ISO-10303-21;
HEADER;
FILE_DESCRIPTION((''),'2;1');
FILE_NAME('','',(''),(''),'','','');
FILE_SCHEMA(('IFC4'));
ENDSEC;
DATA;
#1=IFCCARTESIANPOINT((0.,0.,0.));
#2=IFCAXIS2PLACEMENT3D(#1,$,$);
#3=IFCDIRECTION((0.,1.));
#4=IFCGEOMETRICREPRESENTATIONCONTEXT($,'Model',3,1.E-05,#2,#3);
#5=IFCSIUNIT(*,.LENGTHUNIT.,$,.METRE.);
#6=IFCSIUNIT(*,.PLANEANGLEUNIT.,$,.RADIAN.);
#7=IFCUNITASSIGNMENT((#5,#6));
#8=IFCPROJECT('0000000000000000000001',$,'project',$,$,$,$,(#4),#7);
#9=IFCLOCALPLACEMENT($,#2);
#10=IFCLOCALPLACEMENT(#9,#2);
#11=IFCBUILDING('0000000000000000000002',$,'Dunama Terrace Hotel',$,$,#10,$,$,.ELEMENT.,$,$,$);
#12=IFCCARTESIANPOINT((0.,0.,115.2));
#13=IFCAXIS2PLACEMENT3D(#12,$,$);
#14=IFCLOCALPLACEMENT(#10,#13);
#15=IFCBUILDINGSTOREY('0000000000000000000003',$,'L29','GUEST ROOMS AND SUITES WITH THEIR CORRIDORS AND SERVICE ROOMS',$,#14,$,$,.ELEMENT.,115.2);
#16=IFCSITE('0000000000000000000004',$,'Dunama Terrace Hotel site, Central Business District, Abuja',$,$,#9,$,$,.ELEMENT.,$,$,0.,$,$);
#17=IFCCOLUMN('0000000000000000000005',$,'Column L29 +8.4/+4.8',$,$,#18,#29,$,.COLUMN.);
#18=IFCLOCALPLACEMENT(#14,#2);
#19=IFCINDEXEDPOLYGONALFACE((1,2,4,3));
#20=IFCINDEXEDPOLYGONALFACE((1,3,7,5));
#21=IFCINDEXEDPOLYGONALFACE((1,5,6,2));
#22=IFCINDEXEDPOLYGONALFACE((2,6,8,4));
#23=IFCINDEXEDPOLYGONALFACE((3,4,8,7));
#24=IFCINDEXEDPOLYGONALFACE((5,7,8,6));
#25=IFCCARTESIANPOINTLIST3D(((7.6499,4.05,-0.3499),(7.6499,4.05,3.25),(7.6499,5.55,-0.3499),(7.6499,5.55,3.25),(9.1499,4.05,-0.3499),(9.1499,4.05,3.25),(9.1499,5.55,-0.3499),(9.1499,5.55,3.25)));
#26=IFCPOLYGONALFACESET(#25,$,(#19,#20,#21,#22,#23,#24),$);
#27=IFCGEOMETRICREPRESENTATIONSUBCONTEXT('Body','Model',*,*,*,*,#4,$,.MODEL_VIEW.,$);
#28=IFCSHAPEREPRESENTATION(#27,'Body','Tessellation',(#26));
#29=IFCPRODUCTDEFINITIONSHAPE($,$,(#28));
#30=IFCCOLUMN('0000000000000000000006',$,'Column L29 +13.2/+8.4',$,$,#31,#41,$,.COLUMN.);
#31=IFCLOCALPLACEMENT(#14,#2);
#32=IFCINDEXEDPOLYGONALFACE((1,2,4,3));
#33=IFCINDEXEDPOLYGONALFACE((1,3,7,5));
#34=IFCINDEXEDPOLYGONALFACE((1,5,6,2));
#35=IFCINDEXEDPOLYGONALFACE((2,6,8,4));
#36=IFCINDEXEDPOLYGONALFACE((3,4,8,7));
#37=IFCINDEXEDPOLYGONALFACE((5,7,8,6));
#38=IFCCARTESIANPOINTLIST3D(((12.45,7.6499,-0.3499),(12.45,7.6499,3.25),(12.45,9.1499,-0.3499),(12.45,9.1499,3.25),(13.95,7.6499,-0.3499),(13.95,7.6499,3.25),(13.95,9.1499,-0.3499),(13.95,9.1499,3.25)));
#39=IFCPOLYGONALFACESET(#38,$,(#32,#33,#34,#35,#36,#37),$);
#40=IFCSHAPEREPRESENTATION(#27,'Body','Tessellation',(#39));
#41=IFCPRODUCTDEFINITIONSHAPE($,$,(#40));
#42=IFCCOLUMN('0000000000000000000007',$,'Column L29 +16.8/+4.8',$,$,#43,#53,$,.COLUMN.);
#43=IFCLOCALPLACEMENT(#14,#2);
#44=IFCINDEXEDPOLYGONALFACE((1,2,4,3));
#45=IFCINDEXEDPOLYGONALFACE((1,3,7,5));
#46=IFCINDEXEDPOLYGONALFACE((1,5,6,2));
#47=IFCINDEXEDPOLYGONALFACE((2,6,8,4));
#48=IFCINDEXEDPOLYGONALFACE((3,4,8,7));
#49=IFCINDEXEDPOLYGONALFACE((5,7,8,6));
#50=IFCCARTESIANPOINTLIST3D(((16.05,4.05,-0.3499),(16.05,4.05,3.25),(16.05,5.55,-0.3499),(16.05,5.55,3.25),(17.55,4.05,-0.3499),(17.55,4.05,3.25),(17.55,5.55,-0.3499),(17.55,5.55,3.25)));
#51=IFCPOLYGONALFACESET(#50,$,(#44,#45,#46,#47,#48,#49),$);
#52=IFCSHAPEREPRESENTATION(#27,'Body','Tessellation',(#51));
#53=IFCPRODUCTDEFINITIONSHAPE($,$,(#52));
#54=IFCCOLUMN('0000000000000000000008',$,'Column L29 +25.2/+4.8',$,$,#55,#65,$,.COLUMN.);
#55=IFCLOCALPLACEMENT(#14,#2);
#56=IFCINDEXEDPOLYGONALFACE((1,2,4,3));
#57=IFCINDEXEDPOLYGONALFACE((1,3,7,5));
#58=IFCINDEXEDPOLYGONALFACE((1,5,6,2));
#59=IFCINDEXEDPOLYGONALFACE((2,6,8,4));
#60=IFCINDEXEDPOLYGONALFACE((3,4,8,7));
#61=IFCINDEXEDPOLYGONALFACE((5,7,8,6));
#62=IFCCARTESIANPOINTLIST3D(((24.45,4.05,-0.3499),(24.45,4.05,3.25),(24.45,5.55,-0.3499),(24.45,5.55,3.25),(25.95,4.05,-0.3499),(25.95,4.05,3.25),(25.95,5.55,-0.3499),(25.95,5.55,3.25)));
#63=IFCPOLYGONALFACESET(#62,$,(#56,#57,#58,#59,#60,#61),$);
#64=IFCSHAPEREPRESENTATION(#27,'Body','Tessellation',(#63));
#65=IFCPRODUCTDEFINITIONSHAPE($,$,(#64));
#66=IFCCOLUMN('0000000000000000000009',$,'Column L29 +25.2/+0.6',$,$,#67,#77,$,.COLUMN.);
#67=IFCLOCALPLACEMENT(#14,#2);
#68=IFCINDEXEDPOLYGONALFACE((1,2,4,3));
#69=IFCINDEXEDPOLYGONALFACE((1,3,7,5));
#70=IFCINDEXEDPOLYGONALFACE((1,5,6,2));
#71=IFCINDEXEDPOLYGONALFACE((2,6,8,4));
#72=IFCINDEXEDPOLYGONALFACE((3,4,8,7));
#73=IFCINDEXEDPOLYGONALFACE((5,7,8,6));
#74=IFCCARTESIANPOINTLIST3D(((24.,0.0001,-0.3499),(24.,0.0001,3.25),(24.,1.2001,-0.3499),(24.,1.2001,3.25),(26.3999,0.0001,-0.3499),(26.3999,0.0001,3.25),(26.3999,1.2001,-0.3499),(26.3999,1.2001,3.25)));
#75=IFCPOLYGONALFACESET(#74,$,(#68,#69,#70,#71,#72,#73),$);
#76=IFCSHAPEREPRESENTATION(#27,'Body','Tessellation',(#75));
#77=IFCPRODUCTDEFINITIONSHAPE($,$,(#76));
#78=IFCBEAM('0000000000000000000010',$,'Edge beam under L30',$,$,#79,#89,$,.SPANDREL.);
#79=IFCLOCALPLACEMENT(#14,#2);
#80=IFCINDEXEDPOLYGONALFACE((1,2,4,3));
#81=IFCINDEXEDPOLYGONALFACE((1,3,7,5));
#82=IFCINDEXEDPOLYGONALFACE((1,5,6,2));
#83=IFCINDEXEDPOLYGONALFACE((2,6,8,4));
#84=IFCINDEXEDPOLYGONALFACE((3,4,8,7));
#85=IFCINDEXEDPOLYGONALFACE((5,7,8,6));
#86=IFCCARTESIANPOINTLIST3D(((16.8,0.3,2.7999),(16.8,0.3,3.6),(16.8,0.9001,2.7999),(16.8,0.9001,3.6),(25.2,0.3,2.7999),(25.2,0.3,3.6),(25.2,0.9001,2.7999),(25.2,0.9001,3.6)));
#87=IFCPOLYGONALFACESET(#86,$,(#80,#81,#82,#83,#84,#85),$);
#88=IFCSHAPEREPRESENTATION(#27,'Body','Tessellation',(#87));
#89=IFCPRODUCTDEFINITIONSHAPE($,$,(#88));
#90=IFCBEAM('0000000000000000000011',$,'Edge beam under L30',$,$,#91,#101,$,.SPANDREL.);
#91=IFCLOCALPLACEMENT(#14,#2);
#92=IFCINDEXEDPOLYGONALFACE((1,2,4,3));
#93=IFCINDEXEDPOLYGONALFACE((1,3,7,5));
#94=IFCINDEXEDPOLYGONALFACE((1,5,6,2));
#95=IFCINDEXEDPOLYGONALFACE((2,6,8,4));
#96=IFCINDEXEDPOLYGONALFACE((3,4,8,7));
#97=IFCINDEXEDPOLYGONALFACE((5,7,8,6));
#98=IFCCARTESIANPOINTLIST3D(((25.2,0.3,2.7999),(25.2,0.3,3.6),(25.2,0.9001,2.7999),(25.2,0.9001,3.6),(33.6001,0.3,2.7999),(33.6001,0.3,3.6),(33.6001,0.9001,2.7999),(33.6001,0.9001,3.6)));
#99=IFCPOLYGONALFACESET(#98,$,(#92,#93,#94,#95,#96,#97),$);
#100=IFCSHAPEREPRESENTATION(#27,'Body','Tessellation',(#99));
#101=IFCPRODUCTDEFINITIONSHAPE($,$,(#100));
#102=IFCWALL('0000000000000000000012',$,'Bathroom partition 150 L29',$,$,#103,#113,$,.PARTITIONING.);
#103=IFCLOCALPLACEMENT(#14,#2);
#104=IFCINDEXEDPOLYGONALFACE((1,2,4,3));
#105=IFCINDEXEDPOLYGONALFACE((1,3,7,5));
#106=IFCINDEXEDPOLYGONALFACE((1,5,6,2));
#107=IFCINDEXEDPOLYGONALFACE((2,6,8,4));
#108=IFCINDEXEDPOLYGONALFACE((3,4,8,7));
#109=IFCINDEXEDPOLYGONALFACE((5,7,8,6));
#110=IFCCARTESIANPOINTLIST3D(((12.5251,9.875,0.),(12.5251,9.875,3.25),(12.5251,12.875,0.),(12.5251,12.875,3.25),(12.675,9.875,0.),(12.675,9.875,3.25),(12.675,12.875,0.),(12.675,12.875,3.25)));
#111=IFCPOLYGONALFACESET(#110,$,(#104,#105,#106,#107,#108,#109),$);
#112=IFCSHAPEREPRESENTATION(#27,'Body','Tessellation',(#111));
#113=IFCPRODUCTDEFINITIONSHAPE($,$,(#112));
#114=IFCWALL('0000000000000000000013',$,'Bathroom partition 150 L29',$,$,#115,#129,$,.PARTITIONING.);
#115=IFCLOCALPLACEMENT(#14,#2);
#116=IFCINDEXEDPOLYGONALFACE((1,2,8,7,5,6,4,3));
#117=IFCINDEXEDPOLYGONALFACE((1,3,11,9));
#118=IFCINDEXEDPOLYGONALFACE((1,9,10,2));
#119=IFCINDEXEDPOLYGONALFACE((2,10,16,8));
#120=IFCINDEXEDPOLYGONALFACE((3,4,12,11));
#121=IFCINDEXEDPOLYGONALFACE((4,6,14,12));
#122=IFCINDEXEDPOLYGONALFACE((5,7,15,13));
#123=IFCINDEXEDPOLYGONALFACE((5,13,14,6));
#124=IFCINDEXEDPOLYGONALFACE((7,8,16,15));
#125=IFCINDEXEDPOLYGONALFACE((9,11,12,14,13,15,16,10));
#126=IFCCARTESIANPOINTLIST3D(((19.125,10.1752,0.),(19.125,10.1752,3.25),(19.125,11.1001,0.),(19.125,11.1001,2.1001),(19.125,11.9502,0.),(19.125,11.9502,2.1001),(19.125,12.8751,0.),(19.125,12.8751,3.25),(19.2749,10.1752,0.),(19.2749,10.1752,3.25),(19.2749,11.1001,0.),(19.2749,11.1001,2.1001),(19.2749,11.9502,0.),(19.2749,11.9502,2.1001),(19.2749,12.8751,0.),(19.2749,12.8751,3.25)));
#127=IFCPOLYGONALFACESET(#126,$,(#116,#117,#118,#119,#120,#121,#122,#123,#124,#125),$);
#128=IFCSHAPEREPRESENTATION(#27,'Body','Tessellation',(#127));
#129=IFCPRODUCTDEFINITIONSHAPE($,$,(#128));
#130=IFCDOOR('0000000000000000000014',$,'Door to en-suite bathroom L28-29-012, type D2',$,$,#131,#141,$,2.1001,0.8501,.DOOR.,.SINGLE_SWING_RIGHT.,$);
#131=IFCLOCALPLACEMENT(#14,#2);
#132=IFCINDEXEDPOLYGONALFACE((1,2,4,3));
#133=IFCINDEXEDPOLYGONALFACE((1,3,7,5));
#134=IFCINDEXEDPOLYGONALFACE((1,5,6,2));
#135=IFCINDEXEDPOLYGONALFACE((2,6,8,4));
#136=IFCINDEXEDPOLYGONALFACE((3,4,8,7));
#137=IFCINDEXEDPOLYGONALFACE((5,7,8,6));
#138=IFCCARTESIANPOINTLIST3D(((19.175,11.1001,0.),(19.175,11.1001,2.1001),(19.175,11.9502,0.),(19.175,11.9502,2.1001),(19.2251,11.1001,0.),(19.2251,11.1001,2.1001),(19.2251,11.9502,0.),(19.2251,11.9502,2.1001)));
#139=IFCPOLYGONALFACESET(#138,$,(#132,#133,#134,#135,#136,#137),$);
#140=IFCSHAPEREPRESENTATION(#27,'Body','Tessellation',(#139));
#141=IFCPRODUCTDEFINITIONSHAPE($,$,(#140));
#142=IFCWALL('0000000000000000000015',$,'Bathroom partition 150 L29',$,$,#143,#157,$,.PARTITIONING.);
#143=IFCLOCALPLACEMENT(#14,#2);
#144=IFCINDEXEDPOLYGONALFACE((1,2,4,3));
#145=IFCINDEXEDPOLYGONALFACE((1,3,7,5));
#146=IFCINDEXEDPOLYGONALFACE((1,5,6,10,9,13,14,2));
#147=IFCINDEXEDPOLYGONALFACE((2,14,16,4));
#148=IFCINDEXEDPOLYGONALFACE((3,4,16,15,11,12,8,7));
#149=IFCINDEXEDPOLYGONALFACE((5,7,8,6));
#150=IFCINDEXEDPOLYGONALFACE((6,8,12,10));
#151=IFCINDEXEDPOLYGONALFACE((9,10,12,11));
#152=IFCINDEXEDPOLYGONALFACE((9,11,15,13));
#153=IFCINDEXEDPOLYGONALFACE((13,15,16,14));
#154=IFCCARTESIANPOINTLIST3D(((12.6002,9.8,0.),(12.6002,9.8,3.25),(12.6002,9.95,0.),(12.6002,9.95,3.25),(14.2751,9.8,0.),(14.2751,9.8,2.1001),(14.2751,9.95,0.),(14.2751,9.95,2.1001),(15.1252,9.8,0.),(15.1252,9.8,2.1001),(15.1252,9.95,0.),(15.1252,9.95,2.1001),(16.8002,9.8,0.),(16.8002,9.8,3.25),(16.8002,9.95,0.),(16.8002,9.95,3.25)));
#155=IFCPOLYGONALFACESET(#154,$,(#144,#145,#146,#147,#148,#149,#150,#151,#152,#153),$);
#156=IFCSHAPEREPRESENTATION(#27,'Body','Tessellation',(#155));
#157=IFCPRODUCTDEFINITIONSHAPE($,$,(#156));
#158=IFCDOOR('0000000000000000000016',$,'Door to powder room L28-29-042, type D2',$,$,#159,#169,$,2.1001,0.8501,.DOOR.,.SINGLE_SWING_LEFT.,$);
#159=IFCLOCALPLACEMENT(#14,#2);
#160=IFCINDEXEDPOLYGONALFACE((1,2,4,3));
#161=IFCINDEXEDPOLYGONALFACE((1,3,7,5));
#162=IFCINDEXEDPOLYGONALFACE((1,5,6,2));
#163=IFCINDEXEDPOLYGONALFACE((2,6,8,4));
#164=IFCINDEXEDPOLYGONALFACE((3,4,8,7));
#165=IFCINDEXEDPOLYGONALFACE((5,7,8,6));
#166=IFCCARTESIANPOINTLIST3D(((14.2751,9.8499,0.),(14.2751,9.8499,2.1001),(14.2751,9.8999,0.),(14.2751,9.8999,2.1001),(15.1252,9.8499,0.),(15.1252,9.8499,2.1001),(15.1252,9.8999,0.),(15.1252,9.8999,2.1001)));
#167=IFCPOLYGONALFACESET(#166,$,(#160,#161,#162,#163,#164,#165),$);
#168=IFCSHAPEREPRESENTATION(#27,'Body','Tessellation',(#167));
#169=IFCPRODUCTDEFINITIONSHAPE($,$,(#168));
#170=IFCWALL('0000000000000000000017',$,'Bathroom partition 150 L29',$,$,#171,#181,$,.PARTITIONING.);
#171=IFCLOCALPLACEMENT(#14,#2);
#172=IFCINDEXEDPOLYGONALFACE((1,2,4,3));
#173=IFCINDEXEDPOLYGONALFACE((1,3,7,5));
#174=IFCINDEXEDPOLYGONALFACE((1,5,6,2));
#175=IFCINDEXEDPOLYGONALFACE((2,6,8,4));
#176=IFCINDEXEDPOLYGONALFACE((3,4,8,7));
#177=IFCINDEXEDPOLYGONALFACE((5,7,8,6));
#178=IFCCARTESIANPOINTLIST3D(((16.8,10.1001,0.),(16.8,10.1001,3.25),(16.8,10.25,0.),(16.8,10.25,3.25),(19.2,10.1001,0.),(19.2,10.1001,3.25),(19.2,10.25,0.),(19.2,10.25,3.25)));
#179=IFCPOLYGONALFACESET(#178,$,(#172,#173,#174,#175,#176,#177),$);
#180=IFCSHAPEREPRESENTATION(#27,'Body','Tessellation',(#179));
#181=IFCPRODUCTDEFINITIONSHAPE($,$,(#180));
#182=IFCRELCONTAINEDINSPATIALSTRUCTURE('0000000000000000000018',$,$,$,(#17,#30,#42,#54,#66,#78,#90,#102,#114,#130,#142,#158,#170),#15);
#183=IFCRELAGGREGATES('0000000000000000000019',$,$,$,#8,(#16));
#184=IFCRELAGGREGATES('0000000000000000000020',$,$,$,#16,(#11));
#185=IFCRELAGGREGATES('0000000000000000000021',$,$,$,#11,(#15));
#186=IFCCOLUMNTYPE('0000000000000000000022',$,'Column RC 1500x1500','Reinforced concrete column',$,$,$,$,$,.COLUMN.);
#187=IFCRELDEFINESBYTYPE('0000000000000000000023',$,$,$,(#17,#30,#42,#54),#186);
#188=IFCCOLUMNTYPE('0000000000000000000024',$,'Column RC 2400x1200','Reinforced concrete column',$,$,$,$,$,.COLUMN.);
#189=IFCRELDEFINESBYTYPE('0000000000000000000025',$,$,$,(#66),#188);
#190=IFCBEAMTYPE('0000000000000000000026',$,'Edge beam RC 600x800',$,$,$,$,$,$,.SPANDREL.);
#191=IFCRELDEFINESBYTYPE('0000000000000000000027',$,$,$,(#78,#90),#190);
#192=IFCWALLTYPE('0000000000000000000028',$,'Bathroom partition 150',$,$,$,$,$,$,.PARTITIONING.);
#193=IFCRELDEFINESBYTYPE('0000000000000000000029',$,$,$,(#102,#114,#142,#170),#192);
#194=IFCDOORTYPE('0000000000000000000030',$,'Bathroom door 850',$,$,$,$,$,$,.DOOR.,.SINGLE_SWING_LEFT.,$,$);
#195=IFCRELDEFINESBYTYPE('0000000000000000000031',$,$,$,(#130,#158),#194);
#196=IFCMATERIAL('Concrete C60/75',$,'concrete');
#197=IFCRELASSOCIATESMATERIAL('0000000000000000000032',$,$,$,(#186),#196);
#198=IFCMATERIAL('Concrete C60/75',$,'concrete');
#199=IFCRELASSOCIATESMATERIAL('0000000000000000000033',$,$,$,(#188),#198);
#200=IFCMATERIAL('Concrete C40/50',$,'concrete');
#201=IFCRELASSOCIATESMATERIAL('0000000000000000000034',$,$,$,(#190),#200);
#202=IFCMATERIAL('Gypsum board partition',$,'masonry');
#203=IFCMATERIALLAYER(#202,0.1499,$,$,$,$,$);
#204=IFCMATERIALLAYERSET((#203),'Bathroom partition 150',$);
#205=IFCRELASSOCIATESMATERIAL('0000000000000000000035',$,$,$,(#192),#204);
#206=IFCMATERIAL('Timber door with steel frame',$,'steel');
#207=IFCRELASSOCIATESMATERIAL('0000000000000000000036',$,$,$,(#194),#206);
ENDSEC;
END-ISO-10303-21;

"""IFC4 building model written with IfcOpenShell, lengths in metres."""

from ifc_helpers import new_model, si_unit, direction, frame, frame_2d, origin, origin_2d, place, context, subcontext, project, spatial, rectangle, extrude, material, layer, layer_set, material_profile, profile_set, type_object, element, fill, save


model = new_model("IFC4")

# Units and contexts
model_context = context("Model", 3, precision=1e-05, world=origin(), true_north=direction((0.0, 1.0)))
body_context = subcontext(model_context, "Body", "Model", "MODEL_VIEW")
ifc_project = project(units=[si_unit("LENGTHUNIT", "METRE"), si_unit("PLANEANGLEUNIT", "RADIAN")], contexts=[model_context])

# Site, building, storey
site_placement = place(None, origin())
site = spatial("IfcSite", under=ifc_project, at=site_placement, Name="Dunama Terrace Hotel site, Central Business District, Abuja", CompositionType="ELEMENT", RefElevation=0.0)
building_placement = place(site_placement, origin())
building = spatial("IfcBuilding", under=site, at=building_placement, Name="Dunama Terrace Hotel", CompositionType="ELEMENT")
storey_placement = place(building_placement, frame((0.0, 0.0, 115.2)))
storey = spatial("IfcBuildingStorey", under=building, at=storey_placement, Name="L29", Description="GUEST ROOMS AND SUITES WITH THEIR CORRIDORS AND SERVICE ROOMS", CompositionType="ELEMENT", Elevation=115.2)

# Columns
ifc_material_1 = material(Name="Concrete C60/75", Category="concrete")
ifc_material_profile_1 = material_profile(ifc_material_1, rectangle(XDim=1.5, YDim=1.5, at=origin_2d()), Name="RC 1500x1500")
ifc_profile_set_1 = profile_set([ifc_material_profile_1], Name="Concrete C60/75")
column_type_1 = type_object("IfcColumnType", Name="Column RC 1500x1500", Description="Reinforced concrete column", PredefinedType="COLUMN", material=ifc_profile_set_1)
for number, where, z_axis, x_axis, name in (
    (1, (8.3999, 4.8, -0.3499), (0.0, 0.0, 1.0), (1.0, 0.0, 0.0), "Column L29 +8.4/+4.8"),
    (2, (13.2, 8.3999, -0.3499), (0.0, 0.0, 1.0), (1.0, 0.0, 0.0), "Column L29 +13.2/+8.4"),
    (3, (16.8, 4.8, -0.3499), (0.0, 0.0, 1.0), (1.0, 0.0, 0.0), "Column L29 +16.8/+4.8"),
    (4, (25.2, 4.8, -0.3499), (0.0, 0.0, 1.0), (1.0, 0.0, 0.0), "Column L29 +25.2/+4.8"),
):
    element("IfcColumn", number, at=place(storey_placement, frame(where, z_axis=z_axis, x_axis=x_axis)), inside=storey, type_object=column_type_1, Name=name, PredefinedType="COLUMN", context=body_context, shape_type="SweptSolid", body=[
        extrude(rectangle(XDim=1.5, YDim=1.5, at=origin_2d()), origin(), (0.0, 0.0, 1.0), 3.5999),
    ])
ifc_material_2 = material(Name="Concrete C60/75", Category="concrete")
ifc_material_profile_2 = material_profile(ifc_material_2, rectangle(XDim=2.3999, YDim=1.2, at=origin_2d()), Name="RC 2400x1200")
ifc_profile_set_2 = profile_set([ifc_material_profile_2], Name="Concrete C60/75")
column_type_2 = type_object("IfcColumnType", Name="Column RC 2400x1200", Description="Reinforced concrete column", PredefinedType="COLUMN", material=ifc_profile_set_2)
column_placement = place(storey_placement, frame((25.2, 0.6001, -0.3499), z_axis=(0.0, 0.0, 1.0), x_axis=(1.0, 0.0, 0.0)))
element("IfcColumn", 5, at=column_placement, inside=storey, type_object=column_type_2, Name="Column L29 +25.2/+0.6", PredefinedType="COLUMN", context=body_context, shape_type="SweptSolid", body=[
    extrude(rectangle(XDim=2.3999, YDim=1.2, at=origin_2d()), origin(), (0.0, 0.0, 1.0), 3.5999),
])

# Beams
ifc_material_3 = material(Name="Concrete C40/50", Category="concrete")
ifc_material_profile_3 = material_profile(ifc_material_3, rectangle(XDim=0.6001, YDim=0.8, at=origin_2d()), Name="RC 600x800")
ifc_profile_set_3 = profile_set([ifc_material_profile_3], Name="Concrete C40/50")
beam_type = type_object("IfcBeamType", Name="Edge beam RC 600x800", PredefinedType="SPANDREL", material=ifc_profile_set_3)
beam_1_placement = place(storey_placement, frame((16.8, 0.6001, 3.2), z_axis=(1.0, 0.0, 0.0), x_axis=(0.0, 1.0, 0.0)))
element("IfcBeam", 6, at=beam_1_placement, inside=storey, type_object=beam_type, Name="Edge beam under L30", PredefinedType="SPANDREL", context=body_context, shape_type="SweptSolid", body=[
    extrude(rectangle(XDim=0.6001, YDim=0.8, at=origin_2d()), origin(), (0.0, 0.0, 1.0), 8.3999),
])
beam_2_placement = place(storey_placement, frame((25.2, 0.6001, 3.2), z_axis=(1.0, 0.0, 0.0), x_axis=(0.0, 1.0, 0.0)))
element("IfcBeam", 7, at=beam_2_placement, inside=storey, type_object=beam_type, Name="Edge beam under L30", PredefinedType="SPANDREL", context=body_context, shape_type="SweptSolid", body=[
    extrude(rectangle(XDim=0.6001, YDim=0.8, at=origin_2d()), origin(), (0.0, 0.0, 1.0), 8.4001),
])

# Wall
ifc_material_4 = material(Name="Gypsum board partition", Category="masonry")
ifc_layer = layer(ifc_material_4, 0.1499)
ifc_layer_set = layer_set([ifc_layer], Name="Bathroom partition 150")
wall_type = type_object("IfcWallType", Name="Bathroom partition 150", PredefinedType="PARTITIONING", material=ifc_layer_set)
wall_1_placement = place(storey_placement, frame((12.6001, 9.875, 0.0), z_axis=(0.0, 0.0, 1.0), x_axis=(0.0, 1.0, 0.0)))
element("IfcWall", 8, at=wall_1_placement, inside=storey, type_object=wall_type, Name="Bathroom partition 150 L29", PredefinedType="PARTITIONING", context=body_context, shape_type="SweptSolid", body=[
    extrude(rectangle(XDim=3.0, YDim=0.1499, at=frame_2d((1.5, 0.0))), origin(), (0.0, 0.0, 1.0), 3.25),
])

# Walls, openings, doors
wall_2_placement = place(storey_placement, frame((19.2, 10.175, 0.0), z_axis=(0.0, 0.0, 1.0), x_axis=(0.0, 1.0, 0.0)))
wall_2 = element("IfcWall", 9, at=wall_2_placement, inside=storey, type_object=wall_type, Name="Bathroom partition 150 L29", PredefinedType="PARTITIONING", context=body_context, shape_type="SweptSolid", body=[
    extrude(rectangle(XDim=2.7, YDim=0.1499, at=frame_2d((1.3501, 0.0))), origin(), (0.0, 0.0, 1.0), 3.25),
])
opening_1_placement = place(wall_2_placement, frame((0.925, 0.0, 0.0)))
opening_1 = element("IfcOpeningElement", 10, at=opening_1_placement, cuts=wall_2, PredefinedType="OPENING", context=body_context, shape_type="SweptSolid", body=[
    extrude(rectangle(XDim=0.8501, YDim=2.1001, at=frame_2d((0.425, 1.05))), frame((0.0, 0.085, 0.0), z_axis=(0.0, -1.0, 0.0), x_axis=(1.0, 0.0, 0.0)), (0.0, 0.0, 1.0), 0.1699),
])
ifc_material_5 = material(Name="Timber door with steel frame", Category="steel")
door_type = type_object("IfcDoorType", Name="Bathroom door 850", OperationType="SINGLE_SWING_LEFT", PredefinedType="DOOR", material=ifc_material_5)
door_1_placement = place(opening_1_placement, origin())
door_1 = element("IfcDoor", 11, at=door_1_placement, inside=storey, type_object=door_type, Name="Door to en-suite bathroom L28-29-012, type D2", OperationType="SINGLE_SWING_RIGHT", OverallHeight=2.1001, OverallWidth=0.8501, PredefinedType="DOOR", context=body_context, shape_type="SweptSolid", body=[
    extrude(rectangle(XDim=0.8501, YDim=2.1001, at=frame_2d((0.425, 1.05))), frame((0.0, 0.0249, 0.0), z_axis=(0.0, -1.0, 0.0), x_axis=(1.0, 0.0, 0.0)), (0.0, 0.0, 1.0), 0.05),
])
fill(opening_1, door_1)
wall_3_placement = place(storey_placement, frame((12.6001, 9.875, 0.0), z_axis=(0.0, 0.0, 1.0), x_axis=(1.0, 0.0, 0.0)))
wall_3 = element("IfcWall", 12, at=wall_3_placement, inside=storey, type_object=wall_type, Name="Bathroom partition 150 L29", PredefinedType="PARTITIONING", context=body_context, shape_type="SweptSolid", body=[
    extrude(rectangle(XDim=4.2, YDim=0.1499, at=frame_2d((2.1001, 0.0))), origin(), (0.0, 0.0, 1.0), 3.25),
])
opening_2_placement = place(wall_3_placement, frame((1.675, 0.0, 0.0)))
opening_2 = element("IfcOpeningElement", 13, at=opening_2_placement, cuts=wall_3, PredefinedType="OPENING", context=body_context, shape_type="SweptSolid", body=[
    extrude(rectangle(XDim=0.8501, YDim=2.1001, at=frame_2d((0.425, 1.05))), frame((0.0, 0.085, 0.0), z_axis=(0.0, -1.0, 0.0), x_axis=(1.0, 0.0, 0.0)), (0.0, 0.0, 1.0), 0.1699),
])
door_2_placement = place(opening_2_placement, origin())
door_2 = element("IfcDoor", 14, at=door_2_placement, inside=storey, type_object=door_type, Name="Door to powder room L28-29-042, type D2", OperationType="SINGLE_SWING_LEFT", OverallHeight=2.1001, OverallWidth=0.8501, PredefinedType="DOOR", context=body_context, shape_type="SweptSolid", body=[
    extrude(rectangle(XDim=0.8501, YDim=2.1001, at=frame_2d((0.425, 1.05))), frame((0.0, 0.0249, 0.0), z_axis=(0.0, -1.0, 0.0), x_axis=(1.0, 0.0, 0.0)), (0.0, 0.0, 1.0), 0.05),
])
fill(opening_2, door_2)

# Wall
wall_4_placement = place(storey_placement, frame((16.8, 10.175, 0.0), z_axis=(0.0, 0.0, 1.0), x_axis=(1.0, 0.0, 0.0)))
element("IfcWall", 15, at=wall_4_placement, inside=storey, type_object=wall_type, Name="Bathroom partition 150 L29", PredefinedType="PARTITIONING", context=body_context, shape_type="SweptSolid", body=[
    extrude(rectangle(XDim=2.3999, YDim=0.1499, at=frame_2d((1.2, 0.0))), origin(), (0.0, 0.0, 1.0), 3.25),
])

save(model, "model.ifc")
